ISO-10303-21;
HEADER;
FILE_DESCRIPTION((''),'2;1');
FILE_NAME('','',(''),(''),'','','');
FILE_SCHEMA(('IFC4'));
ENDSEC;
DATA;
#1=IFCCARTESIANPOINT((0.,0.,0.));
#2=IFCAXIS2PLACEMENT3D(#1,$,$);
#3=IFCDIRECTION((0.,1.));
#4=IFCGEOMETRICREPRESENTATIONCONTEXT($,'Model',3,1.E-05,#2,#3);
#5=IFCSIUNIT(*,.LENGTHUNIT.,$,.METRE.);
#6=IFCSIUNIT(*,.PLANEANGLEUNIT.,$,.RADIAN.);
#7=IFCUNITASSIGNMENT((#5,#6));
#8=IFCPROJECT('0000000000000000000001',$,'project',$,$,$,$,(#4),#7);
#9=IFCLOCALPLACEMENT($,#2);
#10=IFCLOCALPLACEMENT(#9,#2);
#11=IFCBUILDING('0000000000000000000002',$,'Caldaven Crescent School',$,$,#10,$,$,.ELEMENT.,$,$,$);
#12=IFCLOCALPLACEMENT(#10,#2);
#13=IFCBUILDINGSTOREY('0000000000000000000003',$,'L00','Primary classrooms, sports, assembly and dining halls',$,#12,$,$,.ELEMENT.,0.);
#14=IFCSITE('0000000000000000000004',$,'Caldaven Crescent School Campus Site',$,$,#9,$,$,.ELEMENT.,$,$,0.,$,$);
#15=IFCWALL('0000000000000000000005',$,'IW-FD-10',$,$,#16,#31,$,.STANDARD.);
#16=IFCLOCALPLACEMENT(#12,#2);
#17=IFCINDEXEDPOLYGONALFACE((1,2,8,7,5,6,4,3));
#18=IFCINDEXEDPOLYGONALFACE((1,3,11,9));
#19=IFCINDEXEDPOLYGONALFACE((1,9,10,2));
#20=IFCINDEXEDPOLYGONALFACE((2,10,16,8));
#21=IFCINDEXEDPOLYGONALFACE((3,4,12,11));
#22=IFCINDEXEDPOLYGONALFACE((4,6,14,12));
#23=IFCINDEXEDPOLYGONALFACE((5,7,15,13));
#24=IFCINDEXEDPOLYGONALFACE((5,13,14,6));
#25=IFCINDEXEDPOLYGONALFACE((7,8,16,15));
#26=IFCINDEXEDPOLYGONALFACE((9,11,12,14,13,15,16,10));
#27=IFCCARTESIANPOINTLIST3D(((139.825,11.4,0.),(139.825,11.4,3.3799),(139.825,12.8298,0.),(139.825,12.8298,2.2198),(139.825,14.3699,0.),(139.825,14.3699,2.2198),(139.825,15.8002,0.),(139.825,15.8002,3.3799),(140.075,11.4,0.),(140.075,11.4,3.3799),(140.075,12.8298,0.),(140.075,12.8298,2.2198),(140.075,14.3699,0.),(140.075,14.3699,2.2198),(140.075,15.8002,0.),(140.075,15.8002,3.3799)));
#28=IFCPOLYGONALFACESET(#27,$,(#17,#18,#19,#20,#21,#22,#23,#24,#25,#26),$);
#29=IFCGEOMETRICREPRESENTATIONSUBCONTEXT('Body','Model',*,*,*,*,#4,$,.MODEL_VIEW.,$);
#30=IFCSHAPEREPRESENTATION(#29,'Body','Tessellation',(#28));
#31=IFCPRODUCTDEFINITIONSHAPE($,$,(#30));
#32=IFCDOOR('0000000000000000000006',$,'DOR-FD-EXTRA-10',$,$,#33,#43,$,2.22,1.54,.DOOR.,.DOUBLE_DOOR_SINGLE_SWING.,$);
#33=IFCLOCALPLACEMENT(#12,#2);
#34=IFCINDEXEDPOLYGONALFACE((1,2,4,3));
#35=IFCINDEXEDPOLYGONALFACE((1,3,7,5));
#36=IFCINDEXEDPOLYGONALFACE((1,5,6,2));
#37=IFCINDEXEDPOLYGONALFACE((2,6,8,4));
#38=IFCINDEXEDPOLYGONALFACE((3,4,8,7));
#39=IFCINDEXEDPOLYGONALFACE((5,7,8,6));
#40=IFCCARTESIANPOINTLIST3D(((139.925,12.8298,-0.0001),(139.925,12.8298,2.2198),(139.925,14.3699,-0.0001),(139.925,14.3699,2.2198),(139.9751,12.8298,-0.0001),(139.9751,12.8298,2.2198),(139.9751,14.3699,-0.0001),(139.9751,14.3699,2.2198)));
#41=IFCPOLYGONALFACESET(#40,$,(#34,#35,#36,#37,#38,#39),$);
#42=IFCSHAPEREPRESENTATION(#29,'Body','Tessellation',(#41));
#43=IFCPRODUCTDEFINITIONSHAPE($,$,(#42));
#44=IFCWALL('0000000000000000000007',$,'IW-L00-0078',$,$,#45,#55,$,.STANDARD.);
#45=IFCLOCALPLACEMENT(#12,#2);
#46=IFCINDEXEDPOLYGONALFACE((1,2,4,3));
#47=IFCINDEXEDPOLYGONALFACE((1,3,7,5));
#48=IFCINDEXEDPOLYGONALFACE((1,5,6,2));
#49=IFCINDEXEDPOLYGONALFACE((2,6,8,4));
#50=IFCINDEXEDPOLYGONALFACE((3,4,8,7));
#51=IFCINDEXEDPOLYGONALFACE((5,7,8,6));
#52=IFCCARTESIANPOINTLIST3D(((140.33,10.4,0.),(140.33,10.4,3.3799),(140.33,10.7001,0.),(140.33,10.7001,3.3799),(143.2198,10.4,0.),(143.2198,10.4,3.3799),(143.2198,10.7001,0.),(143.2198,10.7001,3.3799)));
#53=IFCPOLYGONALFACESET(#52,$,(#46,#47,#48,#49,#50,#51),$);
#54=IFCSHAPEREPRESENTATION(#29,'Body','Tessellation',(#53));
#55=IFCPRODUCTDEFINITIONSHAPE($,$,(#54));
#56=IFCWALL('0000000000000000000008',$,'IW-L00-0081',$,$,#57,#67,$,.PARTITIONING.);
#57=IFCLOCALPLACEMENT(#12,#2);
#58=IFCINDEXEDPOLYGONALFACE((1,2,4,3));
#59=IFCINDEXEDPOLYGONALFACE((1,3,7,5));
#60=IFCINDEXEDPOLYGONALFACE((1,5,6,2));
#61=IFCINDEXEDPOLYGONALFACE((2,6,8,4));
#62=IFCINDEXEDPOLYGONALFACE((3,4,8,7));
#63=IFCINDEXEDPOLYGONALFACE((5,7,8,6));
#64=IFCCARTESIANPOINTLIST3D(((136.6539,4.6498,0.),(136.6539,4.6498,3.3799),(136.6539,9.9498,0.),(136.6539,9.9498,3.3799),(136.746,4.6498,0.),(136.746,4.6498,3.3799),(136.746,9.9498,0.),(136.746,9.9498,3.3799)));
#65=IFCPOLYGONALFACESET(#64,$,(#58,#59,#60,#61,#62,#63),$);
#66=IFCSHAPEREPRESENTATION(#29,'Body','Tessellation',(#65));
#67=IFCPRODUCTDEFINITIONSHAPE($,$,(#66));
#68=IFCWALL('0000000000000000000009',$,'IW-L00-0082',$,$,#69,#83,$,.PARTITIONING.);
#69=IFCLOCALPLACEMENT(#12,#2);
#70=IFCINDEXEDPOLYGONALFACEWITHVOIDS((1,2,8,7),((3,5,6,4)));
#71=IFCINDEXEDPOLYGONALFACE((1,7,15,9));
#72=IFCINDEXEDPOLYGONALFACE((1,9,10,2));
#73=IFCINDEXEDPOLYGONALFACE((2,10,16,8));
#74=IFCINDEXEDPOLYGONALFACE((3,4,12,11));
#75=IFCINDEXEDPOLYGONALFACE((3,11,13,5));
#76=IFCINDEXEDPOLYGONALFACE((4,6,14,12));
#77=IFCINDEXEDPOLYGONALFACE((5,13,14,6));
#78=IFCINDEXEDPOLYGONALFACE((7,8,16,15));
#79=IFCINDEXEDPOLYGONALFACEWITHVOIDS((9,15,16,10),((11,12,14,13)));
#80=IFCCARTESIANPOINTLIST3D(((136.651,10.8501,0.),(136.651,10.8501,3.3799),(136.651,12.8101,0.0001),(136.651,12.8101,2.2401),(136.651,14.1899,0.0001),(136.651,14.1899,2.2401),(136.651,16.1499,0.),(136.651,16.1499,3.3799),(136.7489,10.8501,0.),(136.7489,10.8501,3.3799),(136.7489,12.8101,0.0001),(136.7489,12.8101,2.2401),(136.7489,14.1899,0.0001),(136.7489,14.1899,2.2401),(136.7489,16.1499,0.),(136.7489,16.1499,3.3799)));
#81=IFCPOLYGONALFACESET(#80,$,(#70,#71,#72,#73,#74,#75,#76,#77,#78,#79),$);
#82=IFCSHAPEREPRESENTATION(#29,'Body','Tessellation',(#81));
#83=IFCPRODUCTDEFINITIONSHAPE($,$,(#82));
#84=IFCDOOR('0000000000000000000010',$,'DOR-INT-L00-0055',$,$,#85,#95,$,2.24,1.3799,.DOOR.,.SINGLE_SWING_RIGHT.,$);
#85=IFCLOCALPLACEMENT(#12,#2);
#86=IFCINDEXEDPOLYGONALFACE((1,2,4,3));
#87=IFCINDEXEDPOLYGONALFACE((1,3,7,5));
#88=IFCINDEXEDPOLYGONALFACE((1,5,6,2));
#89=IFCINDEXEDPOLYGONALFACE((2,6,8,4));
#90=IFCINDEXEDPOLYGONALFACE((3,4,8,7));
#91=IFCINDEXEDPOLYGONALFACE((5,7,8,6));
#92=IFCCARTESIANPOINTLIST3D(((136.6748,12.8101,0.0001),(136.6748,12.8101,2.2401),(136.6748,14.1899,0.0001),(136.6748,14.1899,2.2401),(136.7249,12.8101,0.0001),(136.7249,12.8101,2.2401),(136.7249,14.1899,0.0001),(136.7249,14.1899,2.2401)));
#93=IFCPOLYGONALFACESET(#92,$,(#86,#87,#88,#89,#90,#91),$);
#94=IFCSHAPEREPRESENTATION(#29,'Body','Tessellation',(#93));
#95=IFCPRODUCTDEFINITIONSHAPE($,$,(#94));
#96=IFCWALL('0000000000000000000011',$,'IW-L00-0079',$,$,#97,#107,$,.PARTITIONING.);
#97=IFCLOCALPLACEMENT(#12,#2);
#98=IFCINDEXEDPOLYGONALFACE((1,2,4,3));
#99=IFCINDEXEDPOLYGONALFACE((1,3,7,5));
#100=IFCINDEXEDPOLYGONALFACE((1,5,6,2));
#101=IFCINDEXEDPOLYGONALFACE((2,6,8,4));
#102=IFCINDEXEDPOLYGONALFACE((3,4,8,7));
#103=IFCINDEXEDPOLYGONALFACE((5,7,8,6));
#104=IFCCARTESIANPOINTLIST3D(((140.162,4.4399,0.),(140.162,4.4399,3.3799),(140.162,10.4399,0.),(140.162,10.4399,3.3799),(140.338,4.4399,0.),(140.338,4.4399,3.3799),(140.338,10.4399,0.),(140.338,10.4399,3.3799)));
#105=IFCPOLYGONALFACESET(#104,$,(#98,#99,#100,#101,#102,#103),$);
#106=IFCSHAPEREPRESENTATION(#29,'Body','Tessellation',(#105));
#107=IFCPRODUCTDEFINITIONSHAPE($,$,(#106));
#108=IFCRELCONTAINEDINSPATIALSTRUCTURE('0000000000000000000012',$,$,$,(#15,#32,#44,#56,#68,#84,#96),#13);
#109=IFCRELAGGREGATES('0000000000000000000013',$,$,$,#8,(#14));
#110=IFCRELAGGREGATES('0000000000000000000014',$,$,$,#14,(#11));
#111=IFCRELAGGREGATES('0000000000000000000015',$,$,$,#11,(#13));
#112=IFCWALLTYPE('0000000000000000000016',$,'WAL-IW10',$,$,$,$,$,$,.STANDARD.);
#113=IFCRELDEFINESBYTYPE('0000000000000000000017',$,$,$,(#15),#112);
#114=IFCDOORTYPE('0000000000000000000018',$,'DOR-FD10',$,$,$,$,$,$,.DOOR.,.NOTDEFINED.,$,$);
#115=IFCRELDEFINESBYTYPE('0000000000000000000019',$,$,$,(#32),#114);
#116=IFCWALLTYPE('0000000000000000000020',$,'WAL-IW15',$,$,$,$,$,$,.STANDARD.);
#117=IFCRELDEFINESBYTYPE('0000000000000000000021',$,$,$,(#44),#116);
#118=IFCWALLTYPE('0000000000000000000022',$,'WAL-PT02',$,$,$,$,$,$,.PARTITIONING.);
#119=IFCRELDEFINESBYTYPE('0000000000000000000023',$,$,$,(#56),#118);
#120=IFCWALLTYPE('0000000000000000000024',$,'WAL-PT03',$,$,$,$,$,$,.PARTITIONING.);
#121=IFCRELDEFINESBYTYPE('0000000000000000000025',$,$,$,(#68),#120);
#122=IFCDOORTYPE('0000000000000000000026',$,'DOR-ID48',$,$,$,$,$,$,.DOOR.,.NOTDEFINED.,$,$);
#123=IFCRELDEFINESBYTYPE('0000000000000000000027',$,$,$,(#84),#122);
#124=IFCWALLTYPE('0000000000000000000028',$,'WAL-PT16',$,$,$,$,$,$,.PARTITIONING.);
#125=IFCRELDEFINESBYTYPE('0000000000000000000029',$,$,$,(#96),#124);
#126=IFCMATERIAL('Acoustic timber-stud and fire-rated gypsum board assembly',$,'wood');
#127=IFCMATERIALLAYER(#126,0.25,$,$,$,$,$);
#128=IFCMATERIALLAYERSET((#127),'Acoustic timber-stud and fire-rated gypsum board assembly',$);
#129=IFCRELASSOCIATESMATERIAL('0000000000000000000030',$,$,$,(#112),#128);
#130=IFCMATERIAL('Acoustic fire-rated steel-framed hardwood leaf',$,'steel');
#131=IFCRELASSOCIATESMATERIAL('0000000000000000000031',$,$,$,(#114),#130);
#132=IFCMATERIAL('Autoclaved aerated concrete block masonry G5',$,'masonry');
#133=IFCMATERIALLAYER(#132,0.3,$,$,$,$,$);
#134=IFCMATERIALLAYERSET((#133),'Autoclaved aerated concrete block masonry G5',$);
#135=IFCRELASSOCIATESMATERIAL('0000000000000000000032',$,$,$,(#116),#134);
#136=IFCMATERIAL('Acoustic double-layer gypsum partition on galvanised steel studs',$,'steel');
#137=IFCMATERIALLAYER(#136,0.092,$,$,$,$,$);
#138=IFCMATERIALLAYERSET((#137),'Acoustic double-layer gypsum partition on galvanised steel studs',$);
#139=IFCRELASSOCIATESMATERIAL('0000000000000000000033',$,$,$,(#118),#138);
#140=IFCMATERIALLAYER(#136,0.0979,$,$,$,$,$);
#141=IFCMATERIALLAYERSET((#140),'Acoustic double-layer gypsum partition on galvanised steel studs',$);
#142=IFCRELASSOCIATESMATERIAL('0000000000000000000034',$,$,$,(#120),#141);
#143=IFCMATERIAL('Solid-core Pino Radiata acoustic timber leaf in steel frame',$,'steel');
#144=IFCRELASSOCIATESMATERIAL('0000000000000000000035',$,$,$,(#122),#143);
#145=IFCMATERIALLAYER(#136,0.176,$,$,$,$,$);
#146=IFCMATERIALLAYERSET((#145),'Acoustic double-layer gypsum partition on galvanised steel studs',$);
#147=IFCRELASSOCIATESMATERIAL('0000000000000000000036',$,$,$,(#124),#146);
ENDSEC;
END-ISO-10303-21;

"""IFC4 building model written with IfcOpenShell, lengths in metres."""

from ifc_helpers import new_model, si_unit, direction, frame, frame_2d, origin, place, context, subcontext, project, spatial, rectangle, extrude, material, layer, layer_set, type_object, element, fill, save


model = new_model("IFC4")

# Units and contexts
model_context = context("Model", 3, precision=1e-05, world=origin(), true_north=direction((0.0, 1.0)))
body_context = subcontext(model_context, "Body", "Model", "MODEL_VIEW")
ifc_project = project(units=[si_unit("LENGTHUNIT", "METRE"), si_unit("PLANEANGLEUNIT", "RADIAN")], contexts=[model_context])

# Site, building, storey
site_placement = place(None, origin())
site = spatial("IfcSite", under=ifc_project, at=site_placement, Name="Caldaven Crescent School Campus Site", CompositionType="ELEMENT", RefElevation=0.0)
building_placement = place(site_placement, origin())
building = spatial("IfcBuilding", under=site, at=building_placement, Name="Caldaven Crescent School", CompositionType="ELEMENT")
storey_placement = place(building_placement, origin())
storey = spatial("IfcBuildingStorey", under=building, at=storey_placement, Name="L00", Description="Primary classrooms, sports, assembly and dining halls", CompositionType="ELEMENT", Elevation=0.0)

# Wall, opening, door
ifc_material_1 = material(Name="Acoustic timber-stud and fire-rated gypsum board assembly", Category="wood")
ifc_layer_1 = layer(ifc_material_1, 0.25)
ifc_layer_set_1 = layer_set([ifc_layer_1], Name="Acoustic timber-stud and fire-rated gypsum board assembly")
wall_type_1 = type_object("IfcWallType", Name="WAL-IW10", PredefinedType="STANDARD", material=ifc_layer_set_1)
wall_1_placement = place(storey_placement, frame((139.95, 11.3999, 0.0), z_axis=(0.0, 0.0, 1.0), x_axis=(0.0, 1.0, 0.0)))
wall_1 = element("IfcWall", 1, at=wall_1_placement, inside=storey, type_object=wall_type_1, Name="IW-FD-10", PredefinedType="STANDARD", context=body_context, shape_type="SweptSolid", body=[
    extrude(rectangle(XDim=4.4001, YDim=0.25, at=frame_2d((2.2002, 0.0))), origin(), (0.0, 0.0, 1.0), 3.3799),
])
opening_1_placement = place(wall_1_placement, frame((1.4299, 0.0, 0.0)))
opening_1 = element("IfcOpeningElement", 2, at=opening_1_placement, cuts=wall_1, PredefinedType="OPENING", context=body_context, shape_type="SweptSolid", body=[
    extrude(rectangle(XDim=1.54, YDim=2.22, at=frame_2d((0.77, 1.1099))), frame((0.0, 0.135, 0.0), z_axis=(0.0, -1.0, 0.0), x_axis=(1.0, 0.0, 0.0)), (0.0, 0.0, 1.0), 0.27),
])
ifc_material_2 = material(Name="Acoustic fire-rated steel-framed hardwood leaf", Category="steel")
door_type_1 = type_object("IfcDoorType", Name="DOR-FD10", OperationType="NOTDEFINED", PredefinedType="DOOR", material=ifc_material_2)
door_1_placement = place(opening_1_placement, origin())
door_1 = element("IfcDoor", 3, at=door_1_placement, inside=storey, type_object=door_type_1, Name="DOR-FD-EXTRA-10", OperationType="DOUBLE_DOOR_SINGLE_SWING", OverallHeight=2.22, OverallWidth=1.54, PredefinedType="DOOR", context=body_context, shape_type="SweptSolid", body=[
    extrude(rectangle(XDim=1.54, YDim=2.22, at=frame_2d((0.77, 1.1099))), frame((0.0, 0.0249, 0.0), z_axis=(0.0, -1.0, 0.0), x_axis=(1.0, 0.0, 0.0)), (0.0, 0.0, 1.0), 0.05),
])
fill(opening_1, door_1)
ifc_material_3 = material(Name="Autoclaved aerated concrete block masonry G5", Category="masonry")
ifc_material_4 = material(Name="Solid-core Pino Radiata acoustic timber leaf in steel frame", Category="steel")

# Walls
ifc_layer_2 = layer(ifc_material_3, 0.3)
ifc_layer_set_2 = layer_set([ifc_layer_2], Name="Autoclaved aerated concrete block masonry G5")
wall_type_2 = type_object("IfcWallType", Name="WAL-IW15", PredefinedType="STANDARD", material=ifc_layer_set_2)
wall_2_placement = place(storey_placement, frame((140.3301, 10.55, 0.0), z_axis=(0.0, 0.0, 1.0), x_axis=(1.0, 0.0, 0.0)))
element("IfcWall", 4, at=wall_2_placement, inside=storey, type_object=wall_type_2, Name="IW-L00-0078", PredefinedType="STANDARD", context=body_context, shape_type="SweptSolid", body=[
    extrude(rectangle(XDim=2.8899, YDim=0.3, at=frame_2d((1.4448, 0.0))), origin(), (0.0, 0.0, 1.0), 3.3799),
])
ifc_material_5 = material(Name="Acoustic double-layer gypsum partition on galvanised steel studs", Category="steel")
ifc_layer_3 = layer(ifc_material_5, 0.092)
ifc_layer_set_3 = layer_set([ifc_layer_3], Name="Acoustic double-layer gypsum partition on galvanised steel studs")
wall_type_3 = type_object("IfcWallType", Name="WAL-PT02", PredefinedType="PARTITIONING", material=ifc_layer_set_3)
wall_3_placement = place(storey_placement, frame((136.7, 4.6499, 0.0), z_axis=(0.0, 0.0, 1.0), x_axis=(0.0, 1.0, 0.0)))
element("IfcWall", 5, at=wall_3_placement, inside=storey, type_object=wall_type_3, Name="IW-L00-0081", PredefinedType="PARTITIONING", context=body_context, shape_type="SweptSolid", body=[
    extrude(rectangle(XDim=5.3, YDim=0.092, at=frame_2d((2.6499, 0.0))), origin(), (0.0, 0.0, 1.0), 3.3799),
])

# Wall, opening, door
ifc_layer_4 = layer(ifc_material_5, 0.0979)
ifc_layer_set_4 = layer_set([ifc_layer_4], Name="Acoustic double-layer gypsum partition on galvanised steel studs")
wall_type_4 = type_object("IfcWallType", Name="WAL-PT03", PredefinedType="PARTITIONING", material=ifc_layer_set_4)
wall_4_placement = place(storey_placement, frame((136.7, 10.8501, 0.0), z_axis=(0.0, 0.0, 1.0), x_axis=(0.0, 1.0, 0.0)))
wall_4 = element("IfcWall", 6, at=wall_4_placement, inside=storey, type_object=wall_type_4, Name="IW-L00-0082", PredefinedType="PARTITIONING", context=body_context, shape_type="SweptSolid", body=[
    extrude(rectangle(XDim=5.2998, YDim=0.0979, at=frame_2d((2.6499, 0.0))), origin(), (0.0, 0.0, 1.0), 3.3799),
])
opening_2_placement = place(wall_4_placement, frame((1.96, 0.0, 0.0)))
opening_2 = element("IfcOpeningElement", 7, at=opening_2_placement, cuts=wall_4, PredefinedType="OPENING", context=body_context, shape_type="SweptSolid", body=[
    extrude(rectangle(XDim=1.3799, YDim=2.24, at=frame_2d((0.6899, 1.1201))), frame((0.0, 0.0588, 0.0), z_axis=(0.0, -1.0, 0.0), x_axis=(1.0, 0.0, 0.0)), (0.0, 0.0, 1.0), 0.1179),
])
door_type_2 = type_object("IfcDoorType", Name="DOR-ID48", OperationType="NOTDEFINED", PredefinedType="DOOR", material=ifc_material_4)
door_2_placement = place(opening_2_placement, frame((1.3799, 0.0, 0.0), z_axis=(0.0, 0.0, 1.0), x_axis=(-1.0, 0.0, 0.0)))
door_2 = element("IfcDoor", 8, at=door_2_placement, inside=storey, type_object=door_type_2, Name="DOR-INT-L00-0055", OperationType="SINGLE_SWING_RIGHT", OverallHeight=2.24, OverallWidth=1.3799, PredefinedType="DOOR", context=body_context, shape_type="SweptSolid", body=[
    extrude(rectangle(XDim=1.3799, YDim=2.24, at=frame_2d((0.6899, 1.1201))), frame((0.0, 0.0249, 0.0), z_axis=(0.0, -1.0, 0.0), x_axis=(1.0, 0.0, 0.0)), (0.0, 0.0, 1.0), 0.05),
])
fill(opening_2, door_2)

# Wall
ifc_layer_5 = layer(ifc_material_5, 0.176)
ifc_layer_set_5 = layer_set([ifc_layer_5], Name="Acoustic double-layer gypsum partition on galvanised steel studs")
wall_type_5 = type_object("IfcWallType", Name="WAL-PT16", PredefinedType="PARTITIONING", material=ifc_layer_set_5)
wall_5_placement = place(storey_placement, frame((140.25, 4.4399, 0.0), z_axis=(0.0, 0.0, 1.0), x_axis=(0.0, 1.0, 0.0)))
element("IfcWall", 9, at=wall_5_placement, inside=storey, type_object=wall_type_5, Name="IW-L00-0079", PredefinedType="PARTITIONING", context=body_context, shape_type="SweptSolid", body=[
    extrude(rectangle(XDim=6.0, YDim=0.176, at=frame_2d((3.0, 0.0))), origin(), (0.0, 0.0, 1.0), 3.3799),
])

save(model, "model.ifc")
